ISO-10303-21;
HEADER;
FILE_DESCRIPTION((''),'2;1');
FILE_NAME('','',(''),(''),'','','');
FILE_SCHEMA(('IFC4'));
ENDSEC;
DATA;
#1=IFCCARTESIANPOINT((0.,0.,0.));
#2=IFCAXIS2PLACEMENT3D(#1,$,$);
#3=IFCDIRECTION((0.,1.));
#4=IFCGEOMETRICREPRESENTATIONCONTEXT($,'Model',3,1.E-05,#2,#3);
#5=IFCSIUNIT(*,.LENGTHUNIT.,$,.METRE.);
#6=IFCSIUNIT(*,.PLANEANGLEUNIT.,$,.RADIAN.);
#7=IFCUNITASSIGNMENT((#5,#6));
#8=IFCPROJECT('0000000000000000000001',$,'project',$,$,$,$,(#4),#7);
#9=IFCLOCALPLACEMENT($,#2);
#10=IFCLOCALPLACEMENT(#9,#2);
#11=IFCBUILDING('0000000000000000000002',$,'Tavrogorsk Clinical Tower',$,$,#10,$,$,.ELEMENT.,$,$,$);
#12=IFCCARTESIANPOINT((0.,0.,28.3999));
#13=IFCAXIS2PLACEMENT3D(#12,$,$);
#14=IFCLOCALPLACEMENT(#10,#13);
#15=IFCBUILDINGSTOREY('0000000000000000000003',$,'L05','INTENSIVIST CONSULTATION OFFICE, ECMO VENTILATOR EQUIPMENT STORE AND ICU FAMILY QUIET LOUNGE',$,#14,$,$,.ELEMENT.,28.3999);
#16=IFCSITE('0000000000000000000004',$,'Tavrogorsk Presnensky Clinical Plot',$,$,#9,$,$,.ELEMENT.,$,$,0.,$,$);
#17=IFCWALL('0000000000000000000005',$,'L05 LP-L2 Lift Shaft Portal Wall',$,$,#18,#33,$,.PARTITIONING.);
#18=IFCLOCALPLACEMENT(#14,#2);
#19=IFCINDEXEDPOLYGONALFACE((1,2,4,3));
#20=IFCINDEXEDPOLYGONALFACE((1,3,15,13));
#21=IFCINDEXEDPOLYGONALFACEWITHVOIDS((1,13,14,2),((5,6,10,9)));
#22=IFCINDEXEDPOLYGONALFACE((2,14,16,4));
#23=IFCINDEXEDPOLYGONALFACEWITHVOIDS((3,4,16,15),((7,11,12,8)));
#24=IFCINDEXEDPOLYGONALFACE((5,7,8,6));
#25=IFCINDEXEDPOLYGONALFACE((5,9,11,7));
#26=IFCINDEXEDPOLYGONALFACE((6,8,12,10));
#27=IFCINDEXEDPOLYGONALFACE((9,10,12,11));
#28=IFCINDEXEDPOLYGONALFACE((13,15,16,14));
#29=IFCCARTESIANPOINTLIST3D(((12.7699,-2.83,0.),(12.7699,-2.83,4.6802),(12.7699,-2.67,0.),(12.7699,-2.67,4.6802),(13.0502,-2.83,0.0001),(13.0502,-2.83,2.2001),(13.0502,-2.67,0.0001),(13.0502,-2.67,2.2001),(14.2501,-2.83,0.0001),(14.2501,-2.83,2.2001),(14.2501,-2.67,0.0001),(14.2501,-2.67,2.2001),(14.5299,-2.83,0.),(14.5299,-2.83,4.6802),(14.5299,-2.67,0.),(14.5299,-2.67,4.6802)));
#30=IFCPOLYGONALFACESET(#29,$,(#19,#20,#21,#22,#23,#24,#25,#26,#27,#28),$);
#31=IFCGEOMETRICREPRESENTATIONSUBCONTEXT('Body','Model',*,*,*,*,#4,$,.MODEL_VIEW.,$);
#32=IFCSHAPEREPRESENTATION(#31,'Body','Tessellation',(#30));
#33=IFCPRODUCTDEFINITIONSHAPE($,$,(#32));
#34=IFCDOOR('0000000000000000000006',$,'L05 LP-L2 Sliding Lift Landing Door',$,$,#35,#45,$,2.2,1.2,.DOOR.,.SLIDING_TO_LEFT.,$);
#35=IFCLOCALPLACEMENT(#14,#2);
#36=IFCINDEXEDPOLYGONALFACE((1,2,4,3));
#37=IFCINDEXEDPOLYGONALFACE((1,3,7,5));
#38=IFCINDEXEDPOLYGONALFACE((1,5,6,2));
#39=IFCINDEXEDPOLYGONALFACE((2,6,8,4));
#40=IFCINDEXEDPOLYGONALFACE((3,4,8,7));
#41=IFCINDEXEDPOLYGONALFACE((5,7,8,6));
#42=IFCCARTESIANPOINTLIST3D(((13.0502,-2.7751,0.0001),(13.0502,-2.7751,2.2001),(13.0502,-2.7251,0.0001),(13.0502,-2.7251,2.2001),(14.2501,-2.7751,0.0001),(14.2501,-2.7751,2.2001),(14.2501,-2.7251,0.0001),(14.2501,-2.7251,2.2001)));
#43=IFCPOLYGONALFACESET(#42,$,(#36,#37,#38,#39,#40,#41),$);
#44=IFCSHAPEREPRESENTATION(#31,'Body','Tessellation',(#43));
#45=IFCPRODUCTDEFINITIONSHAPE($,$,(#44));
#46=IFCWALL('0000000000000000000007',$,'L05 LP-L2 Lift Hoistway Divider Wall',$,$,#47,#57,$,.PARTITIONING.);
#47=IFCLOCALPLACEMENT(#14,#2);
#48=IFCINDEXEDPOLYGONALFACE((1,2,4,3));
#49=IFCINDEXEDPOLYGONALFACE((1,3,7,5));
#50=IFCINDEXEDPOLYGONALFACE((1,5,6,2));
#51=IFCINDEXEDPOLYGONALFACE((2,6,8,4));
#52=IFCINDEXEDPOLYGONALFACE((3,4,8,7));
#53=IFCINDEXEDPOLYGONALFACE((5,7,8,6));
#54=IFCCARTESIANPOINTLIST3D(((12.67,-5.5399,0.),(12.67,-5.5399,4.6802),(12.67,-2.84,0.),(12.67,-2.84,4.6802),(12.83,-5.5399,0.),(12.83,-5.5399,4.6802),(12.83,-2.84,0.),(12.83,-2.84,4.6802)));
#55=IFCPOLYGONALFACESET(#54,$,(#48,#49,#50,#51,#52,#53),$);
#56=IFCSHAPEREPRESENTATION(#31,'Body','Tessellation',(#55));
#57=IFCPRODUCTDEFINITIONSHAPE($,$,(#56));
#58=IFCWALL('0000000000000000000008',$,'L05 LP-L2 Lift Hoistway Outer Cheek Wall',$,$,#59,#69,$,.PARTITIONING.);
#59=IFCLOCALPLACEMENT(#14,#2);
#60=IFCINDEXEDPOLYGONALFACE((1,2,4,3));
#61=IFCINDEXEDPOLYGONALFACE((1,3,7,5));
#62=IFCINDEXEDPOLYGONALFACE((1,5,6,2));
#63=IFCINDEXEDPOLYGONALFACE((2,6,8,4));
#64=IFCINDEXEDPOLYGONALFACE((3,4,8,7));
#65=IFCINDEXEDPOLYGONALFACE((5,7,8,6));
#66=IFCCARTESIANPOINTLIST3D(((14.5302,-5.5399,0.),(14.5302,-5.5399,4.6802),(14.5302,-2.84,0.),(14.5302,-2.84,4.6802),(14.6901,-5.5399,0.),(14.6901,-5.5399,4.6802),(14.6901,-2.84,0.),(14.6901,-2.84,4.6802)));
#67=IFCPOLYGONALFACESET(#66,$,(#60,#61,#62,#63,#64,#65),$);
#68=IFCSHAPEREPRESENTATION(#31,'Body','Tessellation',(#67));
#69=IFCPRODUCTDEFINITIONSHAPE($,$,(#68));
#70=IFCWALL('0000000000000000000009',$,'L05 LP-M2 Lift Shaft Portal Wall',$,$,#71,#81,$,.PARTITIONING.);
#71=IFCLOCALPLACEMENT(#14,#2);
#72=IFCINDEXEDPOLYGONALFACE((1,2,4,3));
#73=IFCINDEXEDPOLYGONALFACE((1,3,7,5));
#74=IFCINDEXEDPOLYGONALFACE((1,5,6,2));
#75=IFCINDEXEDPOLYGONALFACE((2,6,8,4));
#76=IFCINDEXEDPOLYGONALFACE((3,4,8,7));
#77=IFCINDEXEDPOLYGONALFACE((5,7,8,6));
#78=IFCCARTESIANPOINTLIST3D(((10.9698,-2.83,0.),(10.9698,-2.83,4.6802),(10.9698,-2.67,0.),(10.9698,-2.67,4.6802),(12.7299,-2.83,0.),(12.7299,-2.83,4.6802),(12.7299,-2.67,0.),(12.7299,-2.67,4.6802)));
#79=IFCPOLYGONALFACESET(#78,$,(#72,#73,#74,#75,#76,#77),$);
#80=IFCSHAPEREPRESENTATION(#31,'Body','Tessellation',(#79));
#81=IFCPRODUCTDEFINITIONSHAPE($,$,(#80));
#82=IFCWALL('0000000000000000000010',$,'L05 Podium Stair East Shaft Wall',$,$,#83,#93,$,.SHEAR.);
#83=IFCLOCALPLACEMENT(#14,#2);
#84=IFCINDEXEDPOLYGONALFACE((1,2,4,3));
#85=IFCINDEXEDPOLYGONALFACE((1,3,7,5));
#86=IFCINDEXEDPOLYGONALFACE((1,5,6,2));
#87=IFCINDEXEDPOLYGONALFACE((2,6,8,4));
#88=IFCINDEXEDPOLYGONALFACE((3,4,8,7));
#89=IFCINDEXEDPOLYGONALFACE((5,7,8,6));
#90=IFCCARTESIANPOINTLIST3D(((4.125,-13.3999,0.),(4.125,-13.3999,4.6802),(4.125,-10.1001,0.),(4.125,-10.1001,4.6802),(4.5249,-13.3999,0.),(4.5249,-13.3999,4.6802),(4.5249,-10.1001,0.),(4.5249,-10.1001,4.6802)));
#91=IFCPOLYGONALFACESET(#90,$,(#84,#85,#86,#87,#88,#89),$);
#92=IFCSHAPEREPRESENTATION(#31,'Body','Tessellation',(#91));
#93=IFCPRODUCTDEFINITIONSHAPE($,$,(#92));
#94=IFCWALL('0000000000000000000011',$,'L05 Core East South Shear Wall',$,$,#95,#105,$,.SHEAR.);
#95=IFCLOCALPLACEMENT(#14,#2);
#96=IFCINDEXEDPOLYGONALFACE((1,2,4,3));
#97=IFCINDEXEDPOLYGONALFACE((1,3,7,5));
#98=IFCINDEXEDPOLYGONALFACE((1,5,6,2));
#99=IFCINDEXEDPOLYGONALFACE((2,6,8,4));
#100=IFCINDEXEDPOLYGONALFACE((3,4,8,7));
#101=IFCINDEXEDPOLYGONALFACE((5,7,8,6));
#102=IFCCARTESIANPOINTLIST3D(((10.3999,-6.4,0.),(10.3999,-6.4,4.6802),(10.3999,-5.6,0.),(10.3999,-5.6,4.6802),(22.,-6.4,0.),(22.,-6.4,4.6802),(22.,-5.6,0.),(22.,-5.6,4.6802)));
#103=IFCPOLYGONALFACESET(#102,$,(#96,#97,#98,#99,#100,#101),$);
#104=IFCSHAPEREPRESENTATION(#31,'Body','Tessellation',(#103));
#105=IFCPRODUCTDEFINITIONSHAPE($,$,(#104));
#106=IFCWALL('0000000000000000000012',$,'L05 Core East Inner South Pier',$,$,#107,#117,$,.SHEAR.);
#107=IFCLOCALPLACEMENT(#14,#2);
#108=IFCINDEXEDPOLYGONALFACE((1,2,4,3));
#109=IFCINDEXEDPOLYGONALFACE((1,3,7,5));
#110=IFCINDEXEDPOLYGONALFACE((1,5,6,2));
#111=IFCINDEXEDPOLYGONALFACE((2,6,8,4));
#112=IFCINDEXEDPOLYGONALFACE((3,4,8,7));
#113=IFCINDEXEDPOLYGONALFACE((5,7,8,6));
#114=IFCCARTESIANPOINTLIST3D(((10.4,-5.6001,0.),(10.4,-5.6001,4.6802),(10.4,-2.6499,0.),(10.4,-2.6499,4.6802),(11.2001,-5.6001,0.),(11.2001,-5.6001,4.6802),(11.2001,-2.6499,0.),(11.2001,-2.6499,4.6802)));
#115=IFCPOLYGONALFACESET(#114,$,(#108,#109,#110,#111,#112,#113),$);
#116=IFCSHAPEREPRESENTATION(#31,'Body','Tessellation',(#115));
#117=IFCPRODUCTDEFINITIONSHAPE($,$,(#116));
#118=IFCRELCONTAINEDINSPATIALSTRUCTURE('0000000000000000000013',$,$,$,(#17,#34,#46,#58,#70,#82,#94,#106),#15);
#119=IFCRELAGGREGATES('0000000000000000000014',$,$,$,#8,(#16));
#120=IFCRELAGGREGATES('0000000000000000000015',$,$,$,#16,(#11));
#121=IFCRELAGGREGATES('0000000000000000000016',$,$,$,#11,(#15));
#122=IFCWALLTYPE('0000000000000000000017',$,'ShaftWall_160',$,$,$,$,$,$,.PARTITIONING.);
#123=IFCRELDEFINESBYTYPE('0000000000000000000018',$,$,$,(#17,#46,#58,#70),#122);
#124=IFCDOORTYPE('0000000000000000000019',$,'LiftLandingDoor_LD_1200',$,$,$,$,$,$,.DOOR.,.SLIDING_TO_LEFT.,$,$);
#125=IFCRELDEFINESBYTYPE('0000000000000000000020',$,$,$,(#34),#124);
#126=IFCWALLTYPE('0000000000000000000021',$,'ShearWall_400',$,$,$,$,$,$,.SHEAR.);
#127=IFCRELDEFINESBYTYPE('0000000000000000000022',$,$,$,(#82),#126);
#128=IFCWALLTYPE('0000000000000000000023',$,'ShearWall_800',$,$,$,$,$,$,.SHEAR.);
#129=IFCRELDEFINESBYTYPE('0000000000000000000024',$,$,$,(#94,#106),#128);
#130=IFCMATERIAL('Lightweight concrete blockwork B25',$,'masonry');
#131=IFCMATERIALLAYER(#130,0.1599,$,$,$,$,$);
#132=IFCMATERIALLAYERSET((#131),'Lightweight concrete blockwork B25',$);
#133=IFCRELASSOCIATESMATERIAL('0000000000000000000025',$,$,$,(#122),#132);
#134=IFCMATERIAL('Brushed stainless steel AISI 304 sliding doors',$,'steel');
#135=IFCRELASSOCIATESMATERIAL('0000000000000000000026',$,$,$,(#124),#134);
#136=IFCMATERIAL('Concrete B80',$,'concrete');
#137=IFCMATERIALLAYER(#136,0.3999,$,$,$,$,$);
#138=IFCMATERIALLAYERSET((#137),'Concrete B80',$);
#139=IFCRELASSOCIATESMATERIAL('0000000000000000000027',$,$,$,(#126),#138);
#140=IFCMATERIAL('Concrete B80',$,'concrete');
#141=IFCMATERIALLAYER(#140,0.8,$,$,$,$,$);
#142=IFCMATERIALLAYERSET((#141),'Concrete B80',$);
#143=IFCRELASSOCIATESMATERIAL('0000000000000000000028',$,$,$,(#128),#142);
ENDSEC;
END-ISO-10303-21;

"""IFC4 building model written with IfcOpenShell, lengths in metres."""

from ifc_helpers import new_model, si_unit, direction, frame, frame_2d, origin, place, context, subcontext, project, spatial, rectangle, extrude, material, layer, layer_set, type_object, element, fill, save


model = new_model("IFC4")

# Units and contexts
model_context = context("Model", 3, precision=1e-05, world=origin(), true_north=direction((0.0, 1.0)))
body_context = subcontext(model_context, "Body", "Model", "MODEL_VIEW")
ifc_project = project(units=[si_unit("LENGTHUNIT", "METRE"), si_unit("PLANEANGLEUNIT", "RADIAN")], contexts=[model_context])

# Site, building, storey
site_placement = place(None, origin())
site = spatial("IfcSite", under=ifc_project, at=site_placement, Name="Tavrogorsk Presnensky Clinical Plot", CompositionType="ELEMENT", RefElevation=0.0)
building_placement = place(site_placement, origin())
building = spatial("IfcBuilding", under=site, at=building_placement, Name="Tavrogorsk Clinical Tower", CompositionType="ELEMENT")
storey_placement = place(building_placement, frame((0.0, 0.0, 28.3999)))
storey = spatial("IfcBuildingStorey", under=building, at=storey_placement, Name="L05", Description="INTENSIVIST CONSULTATION OFFICE, ECMO VENTILATOR EQUIPMENT STORE AND ICU FAMILY QUIET LOUNGE", CompositionType="ELEMENT", Elevation=28.3999)

# Wall, opening, door
ifc_material_1 = material(Name="Lightweight concrete blockwork B25", Category="masonry")
ifc_layer_1 = layer(ifc_material_1, 0.1599)
ifc_layer_set_1 = layer_set([ifc_layer_1], Name="Lightweight concrete blockwork B25")
wall_type_1 = type_object("IfcWallType", Name="ShaftWall_160", PredefinedType="PARTITIONING", material=ifc_layer_set_1)
wall_1_placement = place(storey_placement, frame((12.77, -2.75, 0.0), z_axis=(0.0, 0.0, 1.0), x_axis=(1.0, 0.0, 0.0)))
wall_1 = element("IfcWall", 1, at=wall_1_placement, inside=storey, type_object=wall_type_1, Name="L05 LP-L2 Lift Shaft Portal Wall", PredefinedType="PARTITIONING", context=body_context, shape_type="SweptSolid", body=[
    extrude(rectangle(XDim=1.76, YDim=0.1599, at=frame_2d((0.8799, 0.0))), origin(), (0.0, 0.0, 1.0), 4.6802),
])
opening_1_placement = place(wall_1_placement, frame((0.28, 0.0, 0.0)))
opening_1 = element("IfcOpeningElement", 2, at=opening_1_placement, cuts=wall_1, PredefinedType="OPENING", context=body_context, shape_type="SweptSolid", body=[
    extrude(rectangle(XDim=1.2, YDim=2.2, at=frame_2d((0.6001, 1.1001))), frame((0.0, 0.0898, 0.0), z_axis=(0.0, -1.0, 0.0), x_axis=(1.0, 0.0, 0.0)), (0.0, 0.0, 1.0), 0.1799),
])
ifc_material_2 = material(Name="Brushed stainless steel AISI 304 sliding doors", Category="steel")
door_type_1 = type_object("IfcDoorType", Name="LiftLandingDoor_LD_1200", OperationType="SLIDING_TO_LEFT", PredefinedType="DOOR", material=ifc_material_2)
door_1_placement = place(opening_1_placement, origin())
door_1 = element("IfcDoor", 3, at=door_1_placement, inside=storey, type_object=door_type_1, Name="L05 LP-L2 Sliding Lift Landing Door", OperationType="SLIDING_TO_LEFT", OverallHeight=2.2, OverallWidth=1.2, PredefinedType="DOOR", context=body_context, shape_type="SweptSolid", body=[
    extrude(rectangle(XDim=1.2, YDim=2.2, at=frame_2d((0.6001, 1.1001))), frame((0.0, 0.0249, 0.0), z_axis=(0.0, -1.0, 0.0), x_axis=(1.0, 0.0, 0.0)), (0.0, 0.0, 1.0), 0.05),
])
fill(opening_1, door_1)

# Walls
for number, where, z_axis, x_axis, name in (
    (4, (12.75, -5.54, 0.0), (0.0, 0.0, 1.0), (0.0, 1.0, 0.0), "L05 LP-L2 Lift Hoistway Divider Wall"),
    (5, (14.6101, -5.54, 0.0), (0.0, 0.0, 1.0), (0.0, 1.0, 0.0), "L05 LP-L2 Lift Hoistway Outer Cheek Wall"),
):
    element("IfcWall", number, at=place(storey_placement, frame(where, z_axis=z_axis, x_axis=x_axis)), inside=storey, type_object=wall_type_1, Name=name, PredefinedType="PARTITIONING", context=body_context, shape_type="SweptSolid", body=[
        extrude(rectangle(XDim=2.7, YDim=0.1599, at=frame_2d((1.3501, 0.0))), origin(), (0.0, 0.0, 1.0), 4.6802),
    ])
wall_2_placement = place(storey_placement, frame((10.97, -2.75, 0.0), z_axis=(0.0, 0.0, 1.0), x_axis=(1.0, 0.0, 0.0)))
element("IfcWall", 6, at=wall_2_placement, inside=storey, type_object=wall_type_1, Name="L05 LP-M2 Lift Shaft Portal Wall", PredefinedType="PARTITIONING", context=body_context, shape_type="SweptSolid", body=[
    extrude(rectangle(XDim=1.76, YDim=0.1599, at=frame_2d((0.8799, 0.0))), origin(), (0.0, 0.0, 1.0), 4.6802),
])
ifc_material_3 = material(Name="Concrete B80", Category="concrete")
ifc_layer_2 = layer(ifc_material_3, 0.3999)
ifc_layer_set_2 = layer_set([ifc_layer_2], Name="Concrete B80")
wall_type_2 = type_object("IfcWallType", Name="ShearWall_400", PredefinedType="SHEAR", material=ifc_layer_set_2)
wall_3_placement = place(storey_placement, frame((4.325, -13.3999, 0.0), z_axis=(0.0, 0.0, 1.0), x_axis=(0.0, 1.0, 0.0)))
element("IfcWall", 7, at=wall_3_placement, inside=storey, type_object=wall_type_2, Name="L05 Podium Stair East Shaft Wall", PredefinedType="SHEAR", context=body_context, shape_type="SweptSolid", body=[
    extrude(rectangle(XDim=3.2998, YDim=0.3999, at=frame_2d((1.6499, 0.0))), origin(), (0.0, 0.0, 1.0), 4.6802),
])
ifc_material_4 = material(Name="Concrete B80", Category="concrete")
ifc_layer_3 = layer(ifc_material_4, 0.8)
ifc_layer_set_3 = layer_set([ifc_layer_3], Name="Concrete B80")
wall_type_3 = type_object("IfcWallType", Name="ShearWall_800", PredefinedType="SHEAR", material=ifc_layer_set_3)
wall_4_placement = place(storey_placement, frame((10.3999, -6.0, 0.0), z_axis=(0.0, 0.0, 1.0), x_axis=(1.0, 0.0, 0.0)))
element("IfcWall", 8, at=wall_4_placement, inside=storey, type_object=wall_type_3, Name="L05 Core East South Shear Wall", PredefinedType="SHEAR", context=body_context, shape_type="SweptSolid", body=[
    extrude(rectangle(XDim=11.6001, YDim=0.8, at=frame_2d((5.8, 0.0))), origin(), (0.0, 0.0, 1.0), 4.6802),
])
wall_5_placement = place(storey_placement, frame((10.8, -5.6001, 0.0), z_axis=(0.0, 0.0, 1.0), x_axis=(0.0, 1.0, 0.0)))
element("IfcWall", 9, at=wall_5_placement, inside=storey, type_object=wall_type_3, Name="L05 Core East Inner South Pier", PredefinedType="SHEAR", context=body_context, shape_type="SweptSolid", body=[
    extrude(rectangle(XDim=2.9502, YDim=0.8, at=frame_2d((1.4751, 0.0))), origin(), (0.0, 0.0, 1.0), 4.6802),
])

save(model, "model.ifc")
